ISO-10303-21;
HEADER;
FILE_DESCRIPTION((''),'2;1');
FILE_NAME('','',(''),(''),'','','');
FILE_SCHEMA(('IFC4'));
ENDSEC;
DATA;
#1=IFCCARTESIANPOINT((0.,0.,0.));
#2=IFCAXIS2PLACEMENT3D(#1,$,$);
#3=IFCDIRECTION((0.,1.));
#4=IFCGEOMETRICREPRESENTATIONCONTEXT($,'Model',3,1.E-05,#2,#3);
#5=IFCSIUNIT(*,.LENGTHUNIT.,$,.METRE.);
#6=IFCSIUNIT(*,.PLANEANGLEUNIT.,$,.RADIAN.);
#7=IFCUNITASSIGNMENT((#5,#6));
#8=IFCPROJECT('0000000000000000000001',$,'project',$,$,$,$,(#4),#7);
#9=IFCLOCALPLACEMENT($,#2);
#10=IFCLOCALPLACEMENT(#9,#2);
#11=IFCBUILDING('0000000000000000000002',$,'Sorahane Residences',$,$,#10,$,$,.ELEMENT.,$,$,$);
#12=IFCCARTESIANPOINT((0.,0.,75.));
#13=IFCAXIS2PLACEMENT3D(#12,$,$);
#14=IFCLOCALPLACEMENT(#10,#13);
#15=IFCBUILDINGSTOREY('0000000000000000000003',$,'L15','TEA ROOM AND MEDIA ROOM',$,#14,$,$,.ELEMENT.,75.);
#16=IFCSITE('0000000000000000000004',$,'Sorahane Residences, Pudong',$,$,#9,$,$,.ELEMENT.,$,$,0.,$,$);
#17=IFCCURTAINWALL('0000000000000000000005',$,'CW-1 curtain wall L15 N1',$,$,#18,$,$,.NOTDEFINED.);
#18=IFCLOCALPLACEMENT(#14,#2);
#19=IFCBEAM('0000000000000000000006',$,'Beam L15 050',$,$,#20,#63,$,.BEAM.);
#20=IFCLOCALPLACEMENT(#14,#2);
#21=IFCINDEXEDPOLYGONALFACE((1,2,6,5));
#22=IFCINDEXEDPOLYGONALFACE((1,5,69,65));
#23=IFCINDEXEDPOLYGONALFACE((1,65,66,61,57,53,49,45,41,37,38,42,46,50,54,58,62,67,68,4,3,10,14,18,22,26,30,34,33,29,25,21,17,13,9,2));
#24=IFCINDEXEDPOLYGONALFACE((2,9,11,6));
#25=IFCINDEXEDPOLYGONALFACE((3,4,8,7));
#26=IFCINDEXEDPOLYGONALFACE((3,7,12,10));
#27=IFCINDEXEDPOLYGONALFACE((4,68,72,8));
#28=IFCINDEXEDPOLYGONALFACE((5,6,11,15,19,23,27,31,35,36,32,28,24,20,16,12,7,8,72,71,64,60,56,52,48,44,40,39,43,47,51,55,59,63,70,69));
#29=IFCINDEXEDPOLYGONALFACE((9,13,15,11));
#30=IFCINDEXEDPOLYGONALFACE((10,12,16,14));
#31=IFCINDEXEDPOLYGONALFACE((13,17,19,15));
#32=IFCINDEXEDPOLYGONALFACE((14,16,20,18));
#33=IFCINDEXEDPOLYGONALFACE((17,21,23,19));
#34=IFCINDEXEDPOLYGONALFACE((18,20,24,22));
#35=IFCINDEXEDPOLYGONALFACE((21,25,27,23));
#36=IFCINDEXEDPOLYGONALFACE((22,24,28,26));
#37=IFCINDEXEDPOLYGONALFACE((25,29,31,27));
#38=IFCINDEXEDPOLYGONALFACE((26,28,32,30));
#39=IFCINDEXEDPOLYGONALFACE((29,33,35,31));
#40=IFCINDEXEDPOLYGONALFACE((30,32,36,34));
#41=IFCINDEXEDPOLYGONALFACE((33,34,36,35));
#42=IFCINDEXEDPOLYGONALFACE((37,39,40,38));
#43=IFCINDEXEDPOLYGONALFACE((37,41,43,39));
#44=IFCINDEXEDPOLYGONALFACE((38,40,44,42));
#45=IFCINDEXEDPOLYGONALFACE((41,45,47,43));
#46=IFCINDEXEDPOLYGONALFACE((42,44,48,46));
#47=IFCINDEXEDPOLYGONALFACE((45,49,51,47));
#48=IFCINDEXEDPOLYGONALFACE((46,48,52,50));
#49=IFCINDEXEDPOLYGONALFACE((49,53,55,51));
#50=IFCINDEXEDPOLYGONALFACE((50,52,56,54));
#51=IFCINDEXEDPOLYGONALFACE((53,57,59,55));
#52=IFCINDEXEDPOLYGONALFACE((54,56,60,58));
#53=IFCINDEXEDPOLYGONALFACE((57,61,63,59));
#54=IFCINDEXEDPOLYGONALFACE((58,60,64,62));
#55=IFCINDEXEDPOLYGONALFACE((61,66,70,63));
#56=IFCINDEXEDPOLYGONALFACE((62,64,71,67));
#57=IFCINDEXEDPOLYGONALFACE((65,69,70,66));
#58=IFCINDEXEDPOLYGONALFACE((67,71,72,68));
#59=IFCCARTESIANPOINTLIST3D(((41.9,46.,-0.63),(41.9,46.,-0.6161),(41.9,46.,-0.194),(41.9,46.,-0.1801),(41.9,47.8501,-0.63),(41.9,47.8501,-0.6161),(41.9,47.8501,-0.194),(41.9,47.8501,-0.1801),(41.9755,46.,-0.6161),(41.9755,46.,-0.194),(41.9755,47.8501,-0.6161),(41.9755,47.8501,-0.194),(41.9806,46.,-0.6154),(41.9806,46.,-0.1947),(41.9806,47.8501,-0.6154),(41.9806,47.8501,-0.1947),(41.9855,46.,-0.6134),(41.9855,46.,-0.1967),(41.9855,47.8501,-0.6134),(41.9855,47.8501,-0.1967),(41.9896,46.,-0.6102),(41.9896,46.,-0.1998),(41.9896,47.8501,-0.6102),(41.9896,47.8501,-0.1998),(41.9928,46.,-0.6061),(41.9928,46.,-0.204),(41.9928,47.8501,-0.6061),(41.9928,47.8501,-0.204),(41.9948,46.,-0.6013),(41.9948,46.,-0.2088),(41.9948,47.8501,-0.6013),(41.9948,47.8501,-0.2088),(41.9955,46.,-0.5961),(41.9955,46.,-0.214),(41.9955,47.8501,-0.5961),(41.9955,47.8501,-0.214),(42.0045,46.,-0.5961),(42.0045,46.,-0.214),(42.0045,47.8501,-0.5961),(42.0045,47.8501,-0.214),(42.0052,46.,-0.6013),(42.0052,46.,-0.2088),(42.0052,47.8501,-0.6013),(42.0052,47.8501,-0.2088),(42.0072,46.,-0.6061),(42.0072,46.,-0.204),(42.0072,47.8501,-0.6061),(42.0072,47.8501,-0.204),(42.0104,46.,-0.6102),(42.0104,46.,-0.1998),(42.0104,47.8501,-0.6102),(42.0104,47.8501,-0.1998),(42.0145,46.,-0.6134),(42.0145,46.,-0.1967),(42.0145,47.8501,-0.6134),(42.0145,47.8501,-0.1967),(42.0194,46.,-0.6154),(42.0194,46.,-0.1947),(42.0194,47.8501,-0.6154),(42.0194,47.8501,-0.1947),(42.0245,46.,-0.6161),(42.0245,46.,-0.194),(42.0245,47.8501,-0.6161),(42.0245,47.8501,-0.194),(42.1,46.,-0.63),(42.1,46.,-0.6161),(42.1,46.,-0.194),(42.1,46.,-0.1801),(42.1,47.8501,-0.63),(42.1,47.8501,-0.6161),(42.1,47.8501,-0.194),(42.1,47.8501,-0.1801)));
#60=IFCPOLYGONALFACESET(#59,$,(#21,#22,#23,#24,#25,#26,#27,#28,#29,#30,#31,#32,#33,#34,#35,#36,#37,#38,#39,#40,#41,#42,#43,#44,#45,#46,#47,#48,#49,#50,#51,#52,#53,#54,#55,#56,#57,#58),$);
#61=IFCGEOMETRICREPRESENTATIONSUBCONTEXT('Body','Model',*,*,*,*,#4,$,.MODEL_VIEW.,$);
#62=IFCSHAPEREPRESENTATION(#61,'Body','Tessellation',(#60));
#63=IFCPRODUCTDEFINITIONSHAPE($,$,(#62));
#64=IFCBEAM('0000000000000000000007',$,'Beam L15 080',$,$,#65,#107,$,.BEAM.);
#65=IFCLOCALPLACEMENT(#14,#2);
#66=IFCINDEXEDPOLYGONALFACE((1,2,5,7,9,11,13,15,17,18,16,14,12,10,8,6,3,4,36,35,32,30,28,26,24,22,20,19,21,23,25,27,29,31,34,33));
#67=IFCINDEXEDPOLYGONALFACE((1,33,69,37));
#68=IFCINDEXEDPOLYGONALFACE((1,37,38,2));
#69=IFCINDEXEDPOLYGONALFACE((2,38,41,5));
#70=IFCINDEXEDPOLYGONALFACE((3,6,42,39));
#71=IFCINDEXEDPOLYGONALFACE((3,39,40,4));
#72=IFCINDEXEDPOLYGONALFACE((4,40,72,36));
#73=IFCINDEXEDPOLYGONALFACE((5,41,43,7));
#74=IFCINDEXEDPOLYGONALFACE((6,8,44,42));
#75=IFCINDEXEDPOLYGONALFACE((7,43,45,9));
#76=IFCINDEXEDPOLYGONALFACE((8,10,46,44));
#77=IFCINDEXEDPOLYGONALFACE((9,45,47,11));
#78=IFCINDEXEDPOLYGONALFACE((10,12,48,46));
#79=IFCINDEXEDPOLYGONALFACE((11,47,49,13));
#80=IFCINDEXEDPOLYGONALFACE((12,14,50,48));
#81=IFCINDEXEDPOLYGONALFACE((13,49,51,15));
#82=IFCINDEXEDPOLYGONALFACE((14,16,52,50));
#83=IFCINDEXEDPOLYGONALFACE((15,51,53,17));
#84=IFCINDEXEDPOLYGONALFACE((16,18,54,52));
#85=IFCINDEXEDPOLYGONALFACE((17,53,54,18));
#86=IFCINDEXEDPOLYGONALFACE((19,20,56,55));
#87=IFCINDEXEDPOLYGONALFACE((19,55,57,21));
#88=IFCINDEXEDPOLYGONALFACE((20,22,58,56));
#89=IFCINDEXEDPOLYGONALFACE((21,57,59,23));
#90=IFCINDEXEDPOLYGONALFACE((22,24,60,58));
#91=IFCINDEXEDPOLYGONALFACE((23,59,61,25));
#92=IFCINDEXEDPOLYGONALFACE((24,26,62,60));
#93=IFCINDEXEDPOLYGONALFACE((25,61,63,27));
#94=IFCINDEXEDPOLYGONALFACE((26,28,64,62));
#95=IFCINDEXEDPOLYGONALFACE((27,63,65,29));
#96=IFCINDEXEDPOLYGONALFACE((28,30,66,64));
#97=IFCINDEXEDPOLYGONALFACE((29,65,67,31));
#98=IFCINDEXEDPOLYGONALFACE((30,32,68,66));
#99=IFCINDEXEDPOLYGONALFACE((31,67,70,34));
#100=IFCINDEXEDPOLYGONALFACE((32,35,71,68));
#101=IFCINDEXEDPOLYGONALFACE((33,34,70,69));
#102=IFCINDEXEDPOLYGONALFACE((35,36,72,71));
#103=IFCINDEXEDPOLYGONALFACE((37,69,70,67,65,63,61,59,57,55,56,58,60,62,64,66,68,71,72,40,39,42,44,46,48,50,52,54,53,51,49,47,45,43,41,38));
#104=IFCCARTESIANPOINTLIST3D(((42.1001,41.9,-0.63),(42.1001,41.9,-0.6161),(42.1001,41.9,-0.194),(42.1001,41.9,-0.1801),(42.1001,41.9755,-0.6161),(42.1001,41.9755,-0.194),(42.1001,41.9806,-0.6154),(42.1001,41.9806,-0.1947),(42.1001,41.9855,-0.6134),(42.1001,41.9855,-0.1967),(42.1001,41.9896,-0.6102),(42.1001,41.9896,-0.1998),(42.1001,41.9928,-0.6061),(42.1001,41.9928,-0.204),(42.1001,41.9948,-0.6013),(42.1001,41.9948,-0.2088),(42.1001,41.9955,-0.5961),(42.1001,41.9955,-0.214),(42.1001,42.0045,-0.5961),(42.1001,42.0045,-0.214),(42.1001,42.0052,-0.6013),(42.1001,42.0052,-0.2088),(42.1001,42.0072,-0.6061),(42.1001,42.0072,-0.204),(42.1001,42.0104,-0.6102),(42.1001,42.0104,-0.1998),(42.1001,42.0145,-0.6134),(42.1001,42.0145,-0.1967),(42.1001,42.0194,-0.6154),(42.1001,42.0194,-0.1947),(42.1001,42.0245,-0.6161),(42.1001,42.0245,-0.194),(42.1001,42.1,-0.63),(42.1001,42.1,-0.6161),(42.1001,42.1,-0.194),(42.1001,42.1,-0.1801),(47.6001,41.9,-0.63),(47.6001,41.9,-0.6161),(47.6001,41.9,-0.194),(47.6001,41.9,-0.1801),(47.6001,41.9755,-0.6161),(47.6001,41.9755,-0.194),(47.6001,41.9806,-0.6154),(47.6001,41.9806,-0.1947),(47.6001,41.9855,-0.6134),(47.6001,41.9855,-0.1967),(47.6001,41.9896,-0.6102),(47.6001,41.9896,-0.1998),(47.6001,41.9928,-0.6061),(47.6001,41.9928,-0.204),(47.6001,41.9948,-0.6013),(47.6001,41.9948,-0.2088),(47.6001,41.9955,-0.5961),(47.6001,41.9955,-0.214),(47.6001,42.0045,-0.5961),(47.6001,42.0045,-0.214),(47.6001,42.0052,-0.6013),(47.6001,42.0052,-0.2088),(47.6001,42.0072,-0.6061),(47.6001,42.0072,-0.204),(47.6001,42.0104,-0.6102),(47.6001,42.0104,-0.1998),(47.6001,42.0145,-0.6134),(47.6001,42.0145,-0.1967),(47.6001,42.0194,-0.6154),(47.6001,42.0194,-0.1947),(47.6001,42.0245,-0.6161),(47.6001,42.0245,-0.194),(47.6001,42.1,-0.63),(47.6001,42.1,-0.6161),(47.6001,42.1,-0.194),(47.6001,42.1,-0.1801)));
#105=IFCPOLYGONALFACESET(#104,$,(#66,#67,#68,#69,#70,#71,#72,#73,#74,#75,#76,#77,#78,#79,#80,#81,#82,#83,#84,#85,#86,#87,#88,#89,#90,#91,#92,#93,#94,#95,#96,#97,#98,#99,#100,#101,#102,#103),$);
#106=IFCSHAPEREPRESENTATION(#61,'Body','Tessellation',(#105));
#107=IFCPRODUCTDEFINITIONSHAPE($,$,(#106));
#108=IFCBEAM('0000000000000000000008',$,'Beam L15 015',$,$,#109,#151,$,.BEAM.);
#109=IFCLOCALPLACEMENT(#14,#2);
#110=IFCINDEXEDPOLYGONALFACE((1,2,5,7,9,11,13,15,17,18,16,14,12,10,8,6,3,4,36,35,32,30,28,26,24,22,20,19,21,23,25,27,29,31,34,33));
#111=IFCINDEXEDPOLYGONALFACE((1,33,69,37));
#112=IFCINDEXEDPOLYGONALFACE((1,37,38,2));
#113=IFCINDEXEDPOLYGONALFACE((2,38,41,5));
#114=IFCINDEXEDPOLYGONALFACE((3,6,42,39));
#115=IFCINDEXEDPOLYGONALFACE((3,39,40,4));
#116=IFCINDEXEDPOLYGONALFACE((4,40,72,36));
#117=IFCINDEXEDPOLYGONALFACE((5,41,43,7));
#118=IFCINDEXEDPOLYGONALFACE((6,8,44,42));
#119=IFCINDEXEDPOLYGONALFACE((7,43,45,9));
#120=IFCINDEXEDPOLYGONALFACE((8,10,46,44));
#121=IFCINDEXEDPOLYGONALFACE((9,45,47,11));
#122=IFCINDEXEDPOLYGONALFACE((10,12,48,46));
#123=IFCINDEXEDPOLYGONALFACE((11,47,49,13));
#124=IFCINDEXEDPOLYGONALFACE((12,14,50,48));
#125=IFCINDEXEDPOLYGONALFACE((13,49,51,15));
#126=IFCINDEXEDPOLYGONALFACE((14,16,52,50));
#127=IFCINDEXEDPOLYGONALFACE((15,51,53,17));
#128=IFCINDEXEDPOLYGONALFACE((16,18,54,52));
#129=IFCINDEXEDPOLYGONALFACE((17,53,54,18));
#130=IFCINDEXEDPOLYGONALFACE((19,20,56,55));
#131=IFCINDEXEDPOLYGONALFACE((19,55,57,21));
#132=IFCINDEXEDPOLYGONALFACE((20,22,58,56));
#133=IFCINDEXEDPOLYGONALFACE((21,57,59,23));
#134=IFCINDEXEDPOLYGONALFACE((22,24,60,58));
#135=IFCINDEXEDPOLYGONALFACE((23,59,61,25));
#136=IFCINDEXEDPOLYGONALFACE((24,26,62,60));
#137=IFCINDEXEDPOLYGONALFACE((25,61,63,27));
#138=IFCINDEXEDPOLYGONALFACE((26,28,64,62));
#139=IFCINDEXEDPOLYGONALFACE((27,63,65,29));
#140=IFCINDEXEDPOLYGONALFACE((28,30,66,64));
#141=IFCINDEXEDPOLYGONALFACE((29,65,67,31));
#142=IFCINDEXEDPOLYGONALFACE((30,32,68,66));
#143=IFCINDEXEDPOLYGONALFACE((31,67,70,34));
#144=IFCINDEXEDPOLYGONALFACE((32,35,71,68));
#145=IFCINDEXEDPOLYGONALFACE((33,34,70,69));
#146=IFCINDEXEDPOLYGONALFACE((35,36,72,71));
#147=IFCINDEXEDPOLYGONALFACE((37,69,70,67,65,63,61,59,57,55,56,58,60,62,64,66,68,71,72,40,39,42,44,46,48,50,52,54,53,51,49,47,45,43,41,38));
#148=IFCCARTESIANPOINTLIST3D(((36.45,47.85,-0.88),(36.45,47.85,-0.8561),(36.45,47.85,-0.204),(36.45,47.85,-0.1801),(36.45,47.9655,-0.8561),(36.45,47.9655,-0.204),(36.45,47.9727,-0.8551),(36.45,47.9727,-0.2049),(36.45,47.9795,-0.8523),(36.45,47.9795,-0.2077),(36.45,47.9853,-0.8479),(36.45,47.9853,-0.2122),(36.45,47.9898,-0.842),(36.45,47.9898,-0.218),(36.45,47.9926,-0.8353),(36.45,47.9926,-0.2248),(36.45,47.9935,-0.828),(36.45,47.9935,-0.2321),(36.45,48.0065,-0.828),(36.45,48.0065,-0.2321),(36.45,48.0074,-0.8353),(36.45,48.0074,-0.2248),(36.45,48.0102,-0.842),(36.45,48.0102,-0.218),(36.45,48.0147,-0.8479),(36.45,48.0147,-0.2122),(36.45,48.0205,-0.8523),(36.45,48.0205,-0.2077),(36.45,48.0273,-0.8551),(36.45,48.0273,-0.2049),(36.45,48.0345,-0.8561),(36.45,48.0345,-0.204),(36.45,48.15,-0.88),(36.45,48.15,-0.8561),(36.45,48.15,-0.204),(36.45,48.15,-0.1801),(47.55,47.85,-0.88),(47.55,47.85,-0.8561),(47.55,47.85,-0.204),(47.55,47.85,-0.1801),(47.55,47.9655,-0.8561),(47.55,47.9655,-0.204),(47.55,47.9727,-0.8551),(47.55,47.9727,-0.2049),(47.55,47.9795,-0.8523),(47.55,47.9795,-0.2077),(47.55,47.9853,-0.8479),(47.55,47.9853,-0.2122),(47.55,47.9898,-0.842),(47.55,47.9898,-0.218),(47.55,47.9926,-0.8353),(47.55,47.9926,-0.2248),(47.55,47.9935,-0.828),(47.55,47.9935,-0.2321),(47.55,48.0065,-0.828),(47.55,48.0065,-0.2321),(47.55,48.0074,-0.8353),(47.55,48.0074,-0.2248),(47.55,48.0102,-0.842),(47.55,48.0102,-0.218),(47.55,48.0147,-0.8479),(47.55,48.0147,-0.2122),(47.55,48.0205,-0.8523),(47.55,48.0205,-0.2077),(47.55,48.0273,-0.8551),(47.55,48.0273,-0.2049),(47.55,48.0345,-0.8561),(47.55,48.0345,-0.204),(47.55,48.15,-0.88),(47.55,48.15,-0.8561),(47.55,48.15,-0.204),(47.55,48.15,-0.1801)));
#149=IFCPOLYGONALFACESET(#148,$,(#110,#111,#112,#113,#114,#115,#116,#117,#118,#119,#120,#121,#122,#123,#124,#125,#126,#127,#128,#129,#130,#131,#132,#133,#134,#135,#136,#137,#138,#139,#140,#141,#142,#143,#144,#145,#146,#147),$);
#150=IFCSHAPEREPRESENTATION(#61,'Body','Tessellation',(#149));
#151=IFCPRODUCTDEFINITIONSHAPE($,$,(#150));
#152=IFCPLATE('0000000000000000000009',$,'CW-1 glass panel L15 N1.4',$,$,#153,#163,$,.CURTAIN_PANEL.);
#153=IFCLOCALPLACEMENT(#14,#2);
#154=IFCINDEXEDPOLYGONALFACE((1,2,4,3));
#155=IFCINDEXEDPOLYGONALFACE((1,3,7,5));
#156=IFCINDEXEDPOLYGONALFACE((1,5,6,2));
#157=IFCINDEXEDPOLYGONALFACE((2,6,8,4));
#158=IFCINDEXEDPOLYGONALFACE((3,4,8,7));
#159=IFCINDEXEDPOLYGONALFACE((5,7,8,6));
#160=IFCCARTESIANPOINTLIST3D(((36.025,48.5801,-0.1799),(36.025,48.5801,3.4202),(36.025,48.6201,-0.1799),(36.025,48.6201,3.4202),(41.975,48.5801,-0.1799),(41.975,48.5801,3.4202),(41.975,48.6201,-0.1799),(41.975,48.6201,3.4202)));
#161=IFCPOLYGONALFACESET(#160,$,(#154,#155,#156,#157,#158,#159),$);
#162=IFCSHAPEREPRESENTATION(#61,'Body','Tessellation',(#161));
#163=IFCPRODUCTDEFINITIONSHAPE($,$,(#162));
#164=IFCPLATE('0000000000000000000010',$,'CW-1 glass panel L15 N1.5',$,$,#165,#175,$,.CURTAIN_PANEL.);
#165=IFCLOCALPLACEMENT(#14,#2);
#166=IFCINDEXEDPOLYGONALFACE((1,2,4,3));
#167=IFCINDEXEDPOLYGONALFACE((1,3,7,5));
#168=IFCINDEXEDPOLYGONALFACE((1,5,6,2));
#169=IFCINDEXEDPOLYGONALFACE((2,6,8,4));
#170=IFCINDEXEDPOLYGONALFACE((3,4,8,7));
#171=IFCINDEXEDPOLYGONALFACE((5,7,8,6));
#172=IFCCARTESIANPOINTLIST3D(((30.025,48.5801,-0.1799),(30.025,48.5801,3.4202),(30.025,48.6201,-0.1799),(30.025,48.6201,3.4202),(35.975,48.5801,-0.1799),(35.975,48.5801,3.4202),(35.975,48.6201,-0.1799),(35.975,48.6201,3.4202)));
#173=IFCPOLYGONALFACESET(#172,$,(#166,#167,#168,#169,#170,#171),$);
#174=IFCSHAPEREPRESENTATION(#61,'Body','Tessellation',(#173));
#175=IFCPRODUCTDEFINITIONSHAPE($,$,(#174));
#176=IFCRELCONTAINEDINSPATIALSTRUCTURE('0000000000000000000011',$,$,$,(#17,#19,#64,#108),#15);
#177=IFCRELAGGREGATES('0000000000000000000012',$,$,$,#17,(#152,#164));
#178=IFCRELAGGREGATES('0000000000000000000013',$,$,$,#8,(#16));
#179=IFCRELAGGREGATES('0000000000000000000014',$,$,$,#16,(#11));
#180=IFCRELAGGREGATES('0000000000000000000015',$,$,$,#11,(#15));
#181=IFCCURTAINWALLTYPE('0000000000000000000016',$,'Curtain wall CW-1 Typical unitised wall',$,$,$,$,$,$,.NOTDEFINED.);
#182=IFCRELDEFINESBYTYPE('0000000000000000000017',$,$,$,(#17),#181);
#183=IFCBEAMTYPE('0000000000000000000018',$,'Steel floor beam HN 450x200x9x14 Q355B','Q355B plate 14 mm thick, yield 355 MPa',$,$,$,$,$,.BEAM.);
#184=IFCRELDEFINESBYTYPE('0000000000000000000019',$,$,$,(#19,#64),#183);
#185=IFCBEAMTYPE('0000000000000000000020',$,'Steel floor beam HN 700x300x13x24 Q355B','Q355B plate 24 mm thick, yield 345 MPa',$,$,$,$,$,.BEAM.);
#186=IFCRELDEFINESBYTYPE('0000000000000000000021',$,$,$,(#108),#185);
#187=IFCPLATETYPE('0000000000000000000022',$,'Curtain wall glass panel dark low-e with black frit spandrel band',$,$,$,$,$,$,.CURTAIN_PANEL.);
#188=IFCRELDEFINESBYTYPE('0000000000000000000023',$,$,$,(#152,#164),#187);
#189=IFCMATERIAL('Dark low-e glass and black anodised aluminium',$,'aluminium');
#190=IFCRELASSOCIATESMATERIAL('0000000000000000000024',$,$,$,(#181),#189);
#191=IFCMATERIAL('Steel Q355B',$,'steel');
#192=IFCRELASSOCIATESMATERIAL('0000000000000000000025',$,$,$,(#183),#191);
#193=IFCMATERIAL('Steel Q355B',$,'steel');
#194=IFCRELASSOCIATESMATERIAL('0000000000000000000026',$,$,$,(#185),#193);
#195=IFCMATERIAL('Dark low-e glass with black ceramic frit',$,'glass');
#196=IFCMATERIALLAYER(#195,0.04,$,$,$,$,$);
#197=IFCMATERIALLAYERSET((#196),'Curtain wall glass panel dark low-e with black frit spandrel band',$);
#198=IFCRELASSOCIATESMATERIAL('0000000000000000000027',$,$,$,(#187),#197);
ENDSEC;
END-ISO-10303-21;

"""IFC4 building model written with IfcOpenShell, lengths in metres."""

from ifc_helpers import new_model, si_unit, direction, frame, origin, origin_2d, place, context, subcontext, project, spatial, rectangle, i_section, extrude, material, layer, layer_set, material_profile, profile_set, type_object, element, aggregate, save


model = new_model("IFC4")

# Units and contexts
model_context = context("Model", 3, precision=1e-05, world=origin(), true_north=direction((0.0, 1.0)))
body_context = subcontext(model_context, "Body", "Model", "MODEL_VIEW")
ifc_project = project(units=[si_unit("LENGTHUNIT", "METRE"), si_unit("PLANEANGLEUNIT", "RADIAN")], contexts=[model_context])

# Site, building, storey
site_placement = place(None, origin())
site = spatial("IfcSite", under=ifc_project, at=site_placement, Name="Sorahane Residences, Pudong", CompositionType="ELEMENT", RefElevation=0.0)
building_placement = place(site_placement, origin())
building = spatial("IfcBuilding", under=site, at=building_placement, Name="Sorahane Residences", CompositionType="ELEMENT")
storey_placement = place(building_placement, frame((0.0, 0.0, 75.0)))
storey = spatial("IfcBuildingStorey", under=building, at=storey_placement, Name="L15", Description="TEA ROOM AND MEDIA ROOM", CompositionType="ELEMENT", Elevation=75.0)

# Curtain wall
ifc_material_1 = material(Name="Dark low-e glass and black anodised aluminium", Category="aluminium")
curtain_wall_type = type_object("IfcCurtainWallType", Name="Curtain wall CW-1 Typical unitised wall", PredefinedType="NOTDEFINED", material=ifc_material_1)
curtain_wall_placement = place(storey_placement, origin())
curtain_wall = element("IfcCurtainWall", 1, at=curtain_wall_placement, inside=storey, type_object=curtain_wall_type, Name="CW-1 curtain wall L15 N1", PredefinedType="NOTDEFINED")

# Beams
ifc_material_2 = material(Name="Steel Q355B", Category="steel")
ifc_material_profile_1 = material_profile(ifc_material_2, i_section(OverallWidth=0.2, OverallDepth=0.45, WebThickness=0.009, FlangeThickness=0.0139, FilletRadius=0.02, at=origin_2d()), Name="HN 450x200x9x14")
ifc_profile_set_1 = profile_set([ifc_material_profile_1], Name="Steel Q355B")
beam_type_1 = type_object("IfcBeamType", Name="Steel floor beam HN 450x200x9x14 Q355B", Description="Q355B plate 14 mm thick, yield 355 MPa", PredefinedType="BEAM", material=ifc_profile_set_1)
beam_1_placement = place(storey_placement, frame((42.0, 46.0, -0.405), z_axis=(0.0, 1.0, 0.0), x_axis=(-1.0, 0.0, 0.0)))
element("IfcBeam", 2, at=beam_1_placement, inside=storey, type_object=beam_type_1, Name="Beam L15 050", PredefinedType="BEAM", context=body_context, shape_type="SweptSolid", body=[
    extrude(i_section(OverallWidth=0.2, OverallDepth=0.45, WebThickness=0.009, FlangeThickness=0.0139, FilletRadius=0.02, at=origin_2d()), origin(), (0.0, 0.0, 1.0), 1.8501),
])
beam_2_placement = place(storey_placement, frame((42.1001, 42.0, -0.405), z_axis=(1.0, 0.0, 0.0), x_axis=(0.0, 1.0, 0.0)))
element("IfcBeam", 3, at=beam_2_placement, inside=storey, type_object=beam_type_1, Name="Beam L15 080", PredefinedType="BEAM", context=body_context, shape_type="SweptSolid", body=[
    extrude(i_section(OverallWidth=0.2, OverallDepth=0.45, WebThickness=0.009, FlangeThickness=0.0139, FilletRadius=0.02, at=origin_2d()), origin(), (0.0, 0.0, 1.0), 5.5),
])
ifc_material_3 = material(Name="Steel Q355B", Category="steel")
ifc_material_profile_2 = material_profile(ifc_material_3, i_section(OverallWidth=0.3, OverallDepth=0.7, WebThickness=0.0129, FlangeThickness=0.0239, FilletRadius=0.0281, at=origin_2d()), Name="HN 700x300x13x24")
ifc_profile_set_2 = profile_set([ifc_material_profile_2], Name="Steel Q355B")
beam_type_2 = type_object("IfcBeamType", Name="Steel floor beam HN 700x300x13x24 Q355B", Description="Q355B plate 24 mm thick, yield 345 MPa", PredefinedType="BEAM", material=ifc_profile_set_2)
beam_3_placement = place(storey_placement, frame((36.45, 48.0, -0.53), z_axis=(1.0, 0.0, 0.0), x_axis=(0.0, 1.0, 0.0)))
element("IfcBeam", 4, at=beam_3_placement, inside=storey, type_object=beam_type_2, Name="Beam L15 015", PredefinedType="BEAM", context=body_context, shape_type="SweptSolid", body=[
    extrude(i_section(OverallWidth=0.3, OverallDepth=0.7, WebThickness=0.0129, FlangeThickness=0.0239, FilletRadius=0.0281, at=origin_2d()), origin(), (0.0, 0.0, 1.0), 11.1001),
])

# Plates
ifc_material_4 = material(Name="Dark low-e glass with black ceramic frit", Category="glass")
ifc_layer_1 = layer(ifc_material_4, 0.04)
ifc_layer_set_1 = layer_set([ifc_layer_1], Name="Curtain wall glass panel dark low-e with black frit spandrel band")
plate_type = type_object("IfcPlateType", Name="Curtain wall glass panel dark low-e with black frit spandrel band", PredefinedType="CURTAIN_PANEL", material=ifc_layer_set_1)
plate_1_placement = place(storey_placement, frame((39.0, 48.6001, -0.1799), z_axis=(0.0, 0.0, 1.0), x_axis=(-1.0, 0.0, 0.0)))
plate_1 = element("IfcPlate", 5, at=plate_1_placement, type_object=plate_type, Name="CW-1 glass panel L15 N1.4", PredefinedType="CURTAIN_PANEL", context=body_context, shape_type="SweptSolid", body=[
    extrude(rectangle(XDim=5.95, YDim=0.04, at=origin_2d()), origin(), (0.0, 0.0, 1.0), 3.6001),
])
plate_2_placement = place(storey_placement, frame((33.0, 48.6001, -0.1799), z_axis=(0.0, 0.0, 1.0), x_axis=(-1.0, 0.0, 0.0)))
plate_2 = element("IfcPlate", 6, at=plate_2_placement, type_object=plate_type, Name="CW-1 glass panel L15 N1.5", PredefinedType="CURTAIN_PANEL", context=body_context, shape_type="SweptSolid", body=[
    extrude(rectangle(XDim=5.95, YDim=0.04, at=origin_2d()), origin(), (0.0, 0.0, 1.0), 3.6001),
])
aggregate(curtain_wall, [plate_1, plate_2])

save(model, "model.ifc")
